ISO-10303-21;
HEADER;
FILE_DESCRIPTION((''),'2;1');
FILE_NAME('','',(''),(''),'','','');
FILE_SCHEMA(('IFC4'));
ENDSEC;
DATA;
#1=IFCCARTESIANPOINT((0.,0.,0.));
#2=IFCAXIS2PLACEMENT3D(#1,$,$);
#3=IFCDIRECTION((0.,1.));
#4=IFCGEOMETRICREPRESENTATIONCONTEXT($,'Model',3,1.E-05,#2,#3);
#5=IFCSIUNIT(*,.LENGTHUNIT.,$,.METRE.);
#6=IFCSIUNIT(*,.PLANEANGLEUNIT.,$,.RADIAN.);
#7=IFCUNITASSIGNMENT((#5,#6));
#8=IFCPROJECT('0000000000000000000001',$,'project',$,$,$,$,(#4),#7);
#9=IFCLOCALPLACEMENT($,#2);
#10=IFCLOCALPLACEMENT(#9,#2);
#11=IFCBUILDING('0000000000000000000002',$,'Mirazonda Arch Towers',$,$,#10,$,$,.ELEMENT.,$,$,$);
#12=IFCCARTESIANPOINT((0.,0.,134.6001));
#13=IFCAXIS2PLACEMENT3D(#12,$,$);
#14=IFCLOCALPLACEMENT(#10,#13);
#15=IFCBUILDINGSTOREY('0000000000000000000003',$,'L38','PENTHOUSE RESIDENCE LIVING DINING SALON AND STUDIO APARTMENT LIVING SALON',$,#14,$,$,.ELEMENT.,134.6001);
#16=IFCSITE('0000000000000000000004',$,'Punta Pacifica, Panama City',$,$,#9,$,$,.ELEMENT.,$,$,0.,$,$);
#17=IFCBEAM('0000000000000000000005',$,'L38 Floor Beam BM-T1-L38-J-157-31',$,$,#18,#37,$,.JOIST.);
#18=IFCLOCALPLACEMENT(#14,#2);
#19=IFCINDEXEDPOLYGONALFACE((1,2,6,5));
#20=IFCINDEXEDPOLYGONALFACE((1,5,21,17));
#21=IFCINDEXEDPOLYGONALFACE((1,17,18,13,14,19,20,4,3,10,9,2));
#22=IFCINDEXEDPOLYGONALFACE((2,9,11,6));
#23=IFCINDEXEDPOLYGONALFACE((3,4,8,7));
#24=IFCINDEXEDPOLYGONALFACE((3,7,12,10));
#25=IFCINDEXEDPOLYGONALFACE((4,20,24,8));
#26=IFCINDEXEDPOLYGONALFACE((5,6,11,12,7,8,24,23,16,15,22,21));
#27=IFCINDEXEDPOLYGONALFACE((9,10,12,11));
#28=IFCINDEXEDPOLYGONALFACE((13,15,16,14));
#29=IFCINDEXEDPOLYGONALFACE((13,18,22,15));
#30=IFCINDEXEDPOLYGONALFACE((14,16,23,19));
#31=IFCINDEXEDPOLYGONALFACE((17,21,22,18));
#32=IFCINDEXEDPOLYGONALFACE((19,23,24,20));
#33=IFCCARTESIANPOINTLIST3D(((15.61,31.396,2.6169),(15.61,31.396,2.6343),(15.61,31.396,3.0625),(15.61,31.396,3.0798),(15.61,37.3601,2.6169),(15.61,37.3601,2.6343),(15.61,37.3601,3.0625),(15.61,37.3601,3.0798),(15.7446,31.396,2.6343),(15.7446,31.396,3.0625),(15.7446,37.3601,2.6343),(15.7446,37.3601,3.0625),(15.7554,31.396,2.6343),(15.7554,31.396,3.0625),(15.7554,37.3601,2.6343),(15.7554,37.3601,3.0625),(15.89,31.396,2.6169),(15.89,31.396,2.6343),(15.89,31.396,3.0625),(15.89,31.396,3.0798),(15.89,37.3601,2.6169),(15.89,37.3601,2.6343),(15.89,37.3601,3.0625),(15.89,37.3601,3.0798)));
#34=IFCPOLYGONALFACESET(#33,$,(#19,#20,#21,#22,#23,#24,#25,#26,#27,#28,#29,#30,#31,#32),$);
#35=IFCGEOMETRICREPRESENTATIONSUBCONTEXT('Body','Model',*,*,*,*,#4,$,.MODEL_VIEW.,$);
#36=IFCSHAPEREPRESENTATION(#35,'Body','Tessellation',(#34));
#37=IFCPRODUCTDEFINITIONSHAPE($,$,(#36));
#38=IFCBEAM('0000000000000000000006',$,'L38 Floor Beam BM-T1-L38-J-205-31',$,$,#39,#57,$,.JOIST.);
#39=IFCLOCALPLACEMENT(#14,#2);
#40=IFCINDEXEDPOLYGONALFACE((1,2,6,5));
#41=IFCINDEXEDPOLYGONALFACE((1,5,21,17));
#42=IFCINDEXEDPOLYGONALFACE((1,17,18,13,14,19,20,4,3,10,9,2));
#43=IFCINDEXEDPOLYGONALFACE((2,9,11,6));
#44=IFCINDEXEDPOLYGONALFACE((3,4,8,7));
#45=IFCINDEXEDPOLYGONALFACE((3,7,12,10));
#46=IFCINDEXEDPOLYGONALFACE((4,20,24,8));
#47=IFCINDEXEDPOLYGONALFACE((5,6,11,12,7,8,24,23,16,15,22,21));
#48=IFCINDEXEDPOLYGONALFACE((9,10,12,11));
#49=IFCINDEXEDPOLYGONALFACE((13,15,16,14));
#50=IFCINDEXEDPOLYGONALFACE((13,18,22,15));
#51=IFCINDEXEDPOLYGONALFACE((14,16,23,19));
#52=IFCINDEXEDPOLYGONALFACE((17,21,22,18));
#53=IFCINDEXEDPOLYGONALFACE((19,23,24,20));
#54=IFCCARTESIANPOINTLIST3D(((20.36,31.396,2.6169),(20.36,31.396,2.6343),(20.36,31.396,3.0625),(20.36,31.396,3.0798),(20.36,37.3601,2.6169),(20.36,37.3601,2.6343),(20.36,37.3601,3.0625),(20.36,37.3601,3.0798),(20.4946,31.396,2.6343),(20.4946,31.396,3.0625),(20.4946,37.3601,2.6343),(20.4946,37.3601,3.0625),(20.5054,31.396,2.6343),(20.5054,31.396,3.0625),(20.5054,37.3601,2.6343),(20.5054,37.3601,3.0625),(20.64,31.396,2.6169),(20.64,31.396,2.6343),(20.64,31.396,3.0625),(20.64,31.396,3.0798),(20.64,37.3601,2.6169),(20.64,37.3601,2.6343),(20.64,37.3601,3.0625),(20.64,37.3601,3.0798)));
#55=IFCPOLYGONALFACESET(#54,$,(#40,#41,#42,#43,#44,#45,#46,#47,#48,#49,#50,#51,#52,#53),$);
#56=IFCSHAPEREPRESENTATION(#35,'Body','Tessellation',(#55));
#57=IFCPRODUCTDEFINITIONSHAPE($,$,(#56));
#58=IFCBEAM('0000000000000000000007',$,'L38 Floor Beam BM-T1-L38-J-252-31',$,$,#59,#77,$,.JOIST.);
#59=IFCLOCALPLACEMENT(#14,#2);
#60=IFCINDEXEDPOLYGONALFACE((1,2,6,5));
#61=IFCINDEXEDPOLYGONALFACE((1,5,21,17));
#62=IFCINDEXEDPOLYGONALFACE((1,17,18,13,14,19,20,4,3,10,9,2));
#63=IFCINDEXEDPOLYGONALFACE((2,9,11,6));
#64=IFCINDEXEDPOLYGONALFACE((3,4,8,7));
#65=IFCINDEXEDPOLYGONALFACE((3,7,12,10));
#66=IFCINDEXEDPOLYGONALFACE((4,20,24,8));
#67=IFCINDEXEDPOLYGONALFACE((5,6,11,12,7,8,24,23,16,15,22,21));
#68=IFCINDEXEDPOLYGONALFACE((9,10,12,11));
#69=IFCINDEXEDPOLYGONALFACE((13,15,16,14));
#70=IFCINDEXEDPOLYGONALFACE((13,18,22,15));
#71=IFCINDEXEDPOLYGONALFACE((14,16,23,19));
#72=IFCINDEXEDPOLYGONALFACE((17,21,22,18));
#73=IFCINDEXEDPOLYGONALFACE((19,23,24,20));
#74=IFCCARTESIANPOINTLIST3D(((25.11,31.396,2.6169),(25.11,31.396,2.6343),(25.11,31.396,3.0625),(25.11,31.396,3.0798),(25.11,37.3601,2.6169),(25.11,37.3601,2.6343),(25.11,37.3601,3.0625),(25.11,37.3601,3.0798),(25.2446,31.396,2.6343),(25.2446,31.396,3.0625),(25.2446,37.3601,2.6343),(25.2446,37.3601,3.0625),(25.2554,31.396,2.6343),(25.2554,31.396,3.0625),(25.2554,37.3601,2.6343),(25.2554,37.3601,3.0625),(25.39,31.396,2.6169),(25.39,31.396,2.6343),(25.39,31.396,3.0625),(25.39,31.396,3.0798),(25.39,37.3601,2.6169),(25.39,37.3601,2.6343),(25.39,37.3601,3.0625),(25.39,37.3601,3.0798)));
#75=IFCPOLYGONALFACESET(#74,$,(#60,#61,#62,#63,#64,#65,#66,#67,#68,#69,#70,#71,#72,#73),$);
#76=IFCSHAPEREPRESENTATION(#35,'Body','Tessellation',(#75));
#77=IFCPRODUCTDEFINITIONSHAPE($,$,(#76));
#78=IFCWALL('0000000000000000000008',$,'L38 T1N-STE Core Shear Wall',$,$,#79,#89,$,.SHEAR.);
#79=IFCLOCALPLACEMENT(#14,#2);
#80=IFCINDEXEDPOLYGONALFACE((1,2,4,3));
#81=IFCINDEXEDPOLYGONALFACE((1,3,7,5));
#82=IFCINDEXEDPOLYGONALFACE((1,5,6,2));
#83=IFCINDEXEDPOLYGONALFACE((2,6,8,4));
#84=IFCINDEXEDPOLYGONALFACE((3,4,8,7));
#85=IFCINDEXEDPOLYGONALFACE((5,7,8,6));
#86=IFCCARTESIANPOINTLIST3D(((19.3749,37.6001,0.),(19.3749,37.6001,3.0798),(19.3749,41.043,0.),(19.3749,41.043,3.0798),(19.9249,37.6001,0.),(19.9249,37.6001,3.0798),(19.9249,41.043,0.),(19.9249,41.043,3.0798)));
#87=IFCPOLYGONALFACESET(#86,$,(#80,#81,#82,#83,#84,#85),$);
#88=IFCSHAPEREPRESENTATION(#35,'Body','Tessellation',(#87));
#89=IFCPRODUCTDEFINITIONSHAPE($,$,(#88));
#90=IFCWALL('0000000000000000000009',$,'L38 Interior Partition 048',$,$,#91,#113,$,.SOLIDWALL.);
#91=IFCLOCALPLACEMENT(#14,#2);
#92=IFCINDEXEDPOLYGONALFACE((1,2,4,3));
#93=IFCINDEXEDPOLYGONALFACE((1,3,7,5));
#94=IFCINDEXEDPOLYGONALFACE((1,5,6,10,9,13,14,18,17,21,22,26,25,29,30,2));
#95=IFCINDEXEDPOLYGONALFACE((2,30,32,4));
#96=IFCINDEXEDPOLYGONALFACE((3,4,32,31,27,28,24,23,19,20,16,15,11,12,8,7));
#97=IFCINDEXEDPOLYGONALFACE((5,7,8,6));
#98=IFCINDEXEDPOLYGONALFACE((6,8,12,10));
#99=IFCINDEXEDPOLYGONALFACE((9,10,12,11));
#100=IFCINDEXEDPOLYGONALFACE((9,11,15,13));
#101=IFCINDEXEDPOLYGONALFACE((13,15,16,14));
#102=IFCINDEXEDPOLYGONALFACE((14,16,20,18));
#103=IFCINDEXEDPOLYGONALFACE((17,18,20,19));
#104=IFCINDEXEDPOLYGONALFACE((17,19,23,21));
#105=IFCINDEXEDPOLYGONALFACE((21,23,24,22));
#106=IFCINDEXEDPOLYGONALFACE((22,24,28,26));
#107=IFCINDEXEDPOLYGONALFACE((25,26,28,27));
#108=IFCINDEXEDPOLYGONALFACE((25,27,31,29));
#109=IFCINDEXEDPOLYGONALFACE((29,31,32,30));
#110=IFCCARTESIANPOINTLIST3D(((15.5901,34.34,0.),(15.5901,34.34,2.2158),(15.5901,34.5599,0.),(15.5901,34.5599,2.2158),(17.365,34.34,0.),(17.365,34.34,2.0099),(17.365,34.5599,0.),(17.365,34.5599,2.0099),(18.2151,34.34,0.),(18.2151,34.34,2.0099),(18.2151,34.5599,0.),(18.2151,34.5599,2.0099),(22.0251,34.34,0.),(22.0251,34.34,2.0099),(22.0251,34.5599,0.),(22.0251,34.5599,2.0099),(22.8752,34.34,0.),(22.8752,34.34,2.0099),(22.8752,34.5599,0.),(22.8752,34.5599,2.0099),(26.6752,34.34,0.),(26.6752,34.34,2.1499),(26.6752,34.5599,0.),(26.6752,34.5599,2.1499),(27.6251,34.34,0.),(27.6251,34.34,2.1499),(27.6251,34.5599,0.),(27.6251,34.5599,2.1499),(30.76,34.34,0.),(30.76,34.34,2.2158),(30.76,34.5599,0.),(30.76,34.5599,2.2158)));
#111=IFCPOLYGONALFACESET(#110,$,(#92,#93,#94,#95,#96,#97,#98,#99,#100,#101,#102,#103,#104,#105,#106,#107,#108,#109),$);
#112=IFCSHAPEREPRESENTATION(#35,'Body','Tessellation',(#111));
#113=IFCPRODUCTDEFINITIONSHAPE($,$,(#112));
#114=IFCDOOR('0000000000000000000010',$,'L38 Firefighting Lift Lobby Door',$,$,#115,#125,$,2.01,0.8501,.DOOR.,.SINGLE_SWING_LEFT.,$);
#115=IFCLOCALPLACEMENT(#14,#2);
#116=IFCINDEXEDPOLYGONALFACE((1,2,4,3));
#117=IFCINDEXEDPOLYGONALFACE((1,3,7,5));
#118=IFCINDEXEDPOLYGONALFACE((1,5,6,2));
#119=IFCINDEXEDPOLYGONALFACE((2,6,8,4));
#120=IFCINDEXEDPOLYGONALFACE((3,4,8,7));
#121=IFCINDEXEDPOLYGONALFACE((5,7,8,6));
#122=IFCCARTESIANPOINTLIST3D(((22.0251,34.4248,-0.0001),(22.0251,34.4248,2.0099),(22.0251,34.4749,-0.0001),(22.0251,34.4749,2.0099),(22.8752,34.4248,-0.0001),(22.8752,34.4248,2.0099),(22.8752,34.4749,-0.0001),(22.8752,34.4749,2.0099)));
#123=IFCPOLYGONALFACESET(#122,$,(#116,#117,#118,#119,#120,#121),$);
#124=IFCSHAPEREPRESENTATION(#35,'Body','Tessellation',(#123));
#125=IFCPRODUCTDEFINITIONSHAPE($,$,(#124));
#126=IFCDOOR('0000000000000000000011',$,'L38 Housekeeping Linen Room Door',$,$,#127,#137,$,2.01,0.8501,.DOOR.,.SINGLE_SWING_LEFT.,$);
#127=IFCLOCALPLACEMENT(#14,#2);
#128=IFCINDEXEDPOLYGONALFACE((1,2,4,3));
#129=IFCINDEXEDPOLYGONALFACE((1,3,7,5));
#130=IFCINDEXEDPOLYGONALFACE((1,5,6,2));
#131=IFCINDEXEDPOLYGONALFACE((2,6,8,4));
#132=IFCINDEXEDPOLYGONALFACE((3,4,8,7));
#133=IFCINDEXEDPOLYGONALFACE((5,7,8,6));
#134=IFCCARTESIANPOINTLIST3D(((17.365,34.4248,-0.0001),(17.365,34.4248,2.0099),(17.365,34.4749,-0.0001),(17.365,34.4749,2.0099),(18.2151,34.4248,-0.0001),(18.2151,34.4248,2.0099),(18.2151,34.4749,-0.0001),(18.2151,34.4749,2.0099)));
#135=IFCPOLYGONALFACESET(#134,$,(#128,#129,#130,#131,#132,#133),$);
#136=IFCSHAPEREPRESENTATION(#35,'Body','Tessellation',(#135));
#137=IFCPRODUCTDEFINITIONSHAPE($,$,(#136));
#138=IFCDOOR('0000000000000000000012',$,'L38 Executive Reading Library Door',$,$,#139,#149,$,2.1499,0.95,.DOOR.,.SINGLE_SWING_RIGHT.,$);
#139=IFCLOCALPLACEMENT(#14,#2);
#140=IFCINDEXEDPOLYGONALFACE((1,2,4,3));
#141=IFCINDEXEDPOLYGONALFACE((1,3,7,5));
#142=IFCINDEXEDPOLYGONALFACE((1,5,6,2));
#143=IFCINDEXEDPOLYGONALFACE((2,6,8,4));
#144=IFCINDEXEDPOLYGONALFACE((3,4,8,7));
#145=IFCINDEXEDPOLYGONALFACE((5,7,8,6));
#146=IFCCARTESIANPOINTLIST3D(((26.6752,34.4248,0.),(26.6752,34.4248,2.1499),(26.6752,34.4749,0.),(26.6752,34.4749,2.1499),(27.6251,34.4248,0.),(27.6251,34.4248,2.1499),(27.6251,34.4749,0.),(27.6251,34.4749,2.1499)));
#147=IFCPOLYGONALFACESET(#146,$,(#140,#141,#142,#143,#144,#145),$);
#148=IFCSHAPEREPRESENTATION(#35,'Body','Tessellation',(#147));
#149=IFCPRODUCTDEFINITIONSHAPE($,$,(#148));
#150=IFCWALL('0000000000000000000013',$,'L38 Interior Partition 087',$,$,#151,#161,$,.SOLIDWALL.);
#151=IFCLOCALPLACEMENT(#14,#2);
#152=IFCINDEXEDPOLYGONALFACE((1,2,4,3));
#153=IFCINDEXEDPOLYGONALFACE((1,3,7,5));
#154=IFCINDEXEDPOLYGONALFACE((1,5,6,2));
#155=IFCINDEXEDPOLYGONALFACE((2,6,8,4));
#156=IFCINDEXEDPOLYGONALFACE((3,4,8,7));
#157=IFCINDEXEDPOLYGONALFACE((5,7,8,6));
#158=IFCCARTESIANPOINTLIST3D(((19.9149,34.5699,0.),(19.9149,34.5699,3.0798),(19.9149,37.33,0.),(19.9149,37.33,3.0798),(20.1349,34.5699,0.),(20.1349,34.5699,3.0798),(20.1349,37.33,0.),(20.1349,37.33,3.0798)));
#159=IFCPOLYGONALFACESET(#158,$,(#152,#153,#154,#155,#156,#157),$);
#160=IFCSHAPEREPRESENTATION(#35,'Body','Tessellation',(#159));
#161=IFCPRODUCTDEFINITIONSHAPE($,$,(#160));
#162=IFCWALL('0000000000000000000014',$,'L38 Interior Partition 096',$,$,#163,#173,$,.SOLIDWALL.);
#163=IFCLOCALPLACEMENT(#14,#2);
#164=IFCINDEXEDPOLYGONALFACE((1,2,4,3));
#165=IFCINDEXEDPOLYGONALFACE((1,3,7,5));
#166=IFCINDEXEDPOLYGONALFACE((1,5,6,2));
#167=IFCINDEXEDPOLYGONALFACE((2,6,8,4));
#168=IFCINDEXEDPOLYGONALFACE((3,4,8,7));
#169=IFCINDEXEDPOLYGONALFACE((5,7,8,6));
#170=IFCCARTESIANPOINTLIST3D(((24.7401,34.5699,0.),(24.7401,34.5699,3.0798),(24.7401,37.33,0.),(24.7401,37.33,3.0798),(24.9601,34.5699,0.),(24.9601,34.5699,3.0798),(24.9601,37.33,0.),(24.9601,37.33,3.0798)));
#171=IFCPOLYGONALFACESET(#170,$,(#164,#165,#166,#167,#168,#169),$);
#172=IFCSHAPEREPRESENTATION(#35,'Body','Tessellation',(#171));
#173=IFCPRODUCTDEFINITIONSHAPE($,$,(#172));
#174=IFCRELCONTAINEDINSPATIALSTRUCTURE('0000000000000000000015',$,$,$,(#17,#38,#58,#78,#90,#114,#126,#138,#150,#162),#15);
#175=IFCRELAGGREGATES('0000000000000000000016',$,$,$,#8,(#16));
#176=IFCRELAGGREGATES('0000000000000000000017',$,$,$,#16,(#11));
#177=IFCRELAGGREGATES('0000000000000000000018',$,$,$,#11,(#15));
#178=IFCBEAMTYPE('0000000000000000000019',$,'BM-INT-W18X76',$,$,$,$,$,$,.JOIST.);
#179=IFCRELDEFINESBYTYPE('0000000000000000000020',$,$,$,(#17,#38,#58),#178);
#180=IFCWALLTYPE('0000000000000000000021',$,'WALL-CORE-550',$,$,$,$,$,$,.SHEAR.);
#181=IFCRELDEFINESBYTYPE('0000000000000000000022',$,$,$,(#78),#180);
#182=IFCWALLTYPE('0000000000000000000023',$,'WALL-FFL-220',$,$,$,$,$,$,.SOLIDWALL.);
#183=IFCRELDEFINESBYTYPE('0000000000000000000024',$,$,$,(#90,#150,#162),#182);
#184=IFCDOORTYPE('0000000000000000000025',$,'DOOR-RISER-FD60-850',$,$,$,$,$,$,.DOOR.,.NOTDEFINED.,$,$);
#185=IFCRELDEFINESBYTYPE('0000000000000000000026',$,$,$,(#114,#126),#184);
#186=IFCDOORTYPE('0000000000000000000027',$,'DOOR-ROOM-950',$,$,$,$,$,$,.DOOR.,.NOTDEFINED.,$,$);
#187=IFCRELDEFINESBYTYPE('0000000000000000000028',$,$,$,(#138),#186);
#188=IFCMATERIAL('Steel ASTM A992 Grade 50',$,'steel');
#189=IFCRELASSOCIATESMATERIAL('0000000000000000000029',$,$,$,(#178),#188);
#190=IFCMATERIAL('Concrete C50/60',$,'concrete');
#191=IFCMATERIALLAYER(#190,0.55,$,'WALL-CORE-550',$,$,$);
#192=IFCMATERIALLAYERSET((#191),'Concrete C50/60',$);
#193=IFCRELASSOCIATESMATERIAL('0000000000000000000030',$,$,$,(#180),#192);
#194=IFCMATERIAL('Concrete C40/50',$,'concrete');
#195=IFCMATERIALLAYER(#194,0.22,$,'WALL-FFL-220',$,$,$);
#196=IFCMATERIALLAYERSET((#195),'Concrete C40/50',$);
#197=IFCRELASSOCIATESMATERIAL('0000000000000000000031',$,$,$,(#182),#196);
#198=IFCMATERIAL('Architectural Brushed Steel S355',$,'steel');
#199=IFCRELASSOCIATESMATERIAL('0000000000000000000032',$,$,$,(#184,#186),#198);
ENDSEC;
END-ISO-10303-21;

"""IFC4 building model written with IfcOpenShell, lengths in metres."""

from ifc_helpers import new_model, si_unit, direction, frame, frame_2d, origin, origin_2d, place, context, subcontext, project, spatial, rectangle, i_section, extrude, material, layer, layer_set, material_profile, profile_set, type_object, element, fill, save


model = new_model("IFC4")

# Units and contexts
model_context = context("Model", 3, precision=1e-05, world=origin(), true_north=direction((0.0, 1.0)))
body_context = subcontext(model_context, "Body", "Model", "MODEL_VIEW")
ifc_project = project(units=[si_unit("LENGTHUNIT", "METRE"), si_unit("PLANEANGLEUNIT", "RADIAN")], contexts=[model_context])

# Site, building, storey
site_placement = place(None, origin())
site = spatial("IfcSite", under=ifc_project, at=site_placement, Name="Punta Pacifica, Panama City", CompositionType="ELEMENT", RefElevation=0.0)
building_placement = place(site_placement, origin())
building = spatial("IfcBuilding", under=site, at=building_placement, Name="Mirazonda Arch Towers", CompositionType="ELEMENT")
storey_placement = place(building_placement, frame((0.0, 0.0, 134.6001)))
storey = spatial("IfcBuildingStorey", under=building, at=storey_placement, Name="L38", Description="PENTHOUSE RESIDENCE LIVING DINING SALON AND STUDIO APARTMENT LIVING SALON", CompositionType="ELEMENT", Elevation=134.6001)

# Beams
ifc_material_1 = material(Name="Steel ASTM A992 Grade 50", Category="steel")
ifc_material_profile = material_profile(ifc_material_1, i_section(OverallWidth=0.28, OverallDepth=0.4629, WebThickness=0.0107, FlangeThickness=0.0173, at=origin_2d()), Name="W18X76")
ifc_profile_set = profile_set([ifc_material_profile], Name="Steel ASTM A992 Grade 50")
beam_type = type_object("IfcBeamType", Name="BM-INT-W18X76", PredefinedType="JOIST", material=ifc_profile_set)
for number, where, z_axis, x_axis, name in (
    (1, (15.75, 31.396, 2.8484), (0.0, 1.0, 0.0), (-1.0, 0.0, 0.0), "L38 Floor Beam BM-T1-L38-J-157-31"),
    (2, (20.5, 31.396, 2.8484), (0.0, 1.0, 0.0), (-1.0, 0.0, 0.0), "L38 Floor Beam BM-T1-L38-J-205-31"),
    (3, (25.25, 31.396, 2.8484), (0.0, 1.0, 0.0), (-1.0, 0.0, 0.0), "L38 Floor Beam BM-T1-L38-J-252-31"),
):
    element("IfcBeam", number, at=place(storey_placement, frame(where, z_axis=z_axis, x_axis=x_axis)), inside=storey, type_object=beam_type, Name=name, PredefinedType="JOIST", context=body_context, shape_type="SweptSolid", body=[
        extrude(i_section(OverallWidth=0.28, OverallDepth=0.4629, WebThickness=0.0107, FlangeThickness=0.0173, at=origin_2d()), origin(), (0.0, 0.0, 1.0), 5.9641),
    ])

# Wall
ifc_material_2 = material(Name="Concrete C50/60", Category="concrete")
ifc_layer_1 = layer(ifc_material_2, 0.55, Name="WALL-CORE-550")
ifc_layer_set_1 = layer_set([ifc_layer_1], Name="Concrete C50/60")
wall_type_1 = type_object("IfcWallType", Name="WALL-CORE-550", PredefinedType="SHEAR", material=ifc_layer_set_1)
wall_1_placement = place(storey_placement, frame((19.6499, 37.6001, 0.0), z_axis=(0.0, 0.0, 1.0), x_axis=(0.0, 1.0, 0.0)))
element("IfcWall", 4, at=wall_1_placement, inside=storey, type_object=wall_type_1, Name="L38 T1N-STE Core Shear Wall", PredefinedType="SHEAR", context=body_context, shape_type="SweptSolid", body=[
    extrude(rectangle(XDim=3.4429, YDim=0.55, at=frame_2d((1.7214, 0.0))), origin(), (0.0, 0.0, 1.0), 3.0798),
])

# Wall, openings, doors
ifc_material_3 = material(Name="Concrete C40/50", Category="concrete")
ifc_layer_2 = layer(ifc_material_3, 0.22, Name="WALL-FFL-220")
ifc_layer_set_2 = layer_set([ifc_layer_2], Name="Concrete C40/50")
wall_type_2 = type_object("IfcWallType", Name="WALL-FFL-220", PredefinedType="SOLIDWALL", material=ifc_layer_set_2)
wall_2_placement = place(storey_placement, frame((15.5901, 34.45, 0.0), z_axis=(0.0, 0.0, 1.0), x_axis=(1.0, 0.0, 0.0)))
wall_2 = element("IfcWall", 5, at=wall_2_placement, inside=storey, type_object=wall_type_2, Name="L38 Interior Partition 048", PredefinedType="SOLIDWALL", context=body_context, shape_type="SweptSolid", body=[
    extrude(rectangle(XDim=15.1699, YDim=0.22, at=frame_2d((7.585, 0.0))), origin(), (0.0, 0.0, 1.0), 2.2158),
])
opening_1_placement = place(wall_2_placement, frame((6.4351, 0.0, 0.0)))
opening_1 = element("IfcOpeningElement", 6, at=opening_1_placement, cuts=wall_2, PredefinedType="OPENING", context=body_context, shape_type="SweptSolid", body=[
    extrude(rectangle(XDim=0.8501, YDim=2.01, at=frame_2d((0.425, 1.0049))), frame((0.0, 0.1199, 0.0), z_axis=(0.0, -1.0, 0.0), x_axis=(1.0, 0.0, 0.0)), (0.0, 0.0, 1.0), 0.24),
])
opening_2_placement = place(wall_2_placement, frame((11.085, 0.0, 0.0)))
opening_2 = element("IfcOpeningElement", 7, at=opening_2_placement, cuts=wall_2, PredefinedType="OPENING", context=body_context, shape_type="SweptSolid", body=[
    extrude(rectangle(XDim=0.95, YDim=2.1499, at=frame_2d((0.4751, 1.075))), frame((0.0, 0.1199, 0.0), z_axis=(0.0, -1.0, 0.0), x_axis=(1.0, 0.0, 0.0)), (0.0, 0.0, 1.0), 0.24),
])
opening_3_placement = place(wall_2_placement, frame((1.7749, 0.0, 0.0)))
opening_3 = element("IfcOpeningElement", 8, at=opening_3_placement, cuts=wall_2, PredefinedType="OPENING", context=body_context, shape_type="SweptSolid", body=[
    extrude(rectangle(XDim=0.8501, YDim=2.01, at=frame_2d((0.425, 1.0049))), frame((0.0, 0.1199, 0.0), z_axis=(0.0, -1.0, 0.0), x_axis=(1.0, 0.0, 0.0)), (0.0, 0.0, 1.0), 0.24),
])
ifc_material_4 = material(Name="Architectural Brushed Steel S355", Category="steel")
door_type_1 = type_object("IfcDoorType", Name="DOOR-RISER-FD60-850", OperationType="NOTDEFINED", PredefinedType="DOOR", material=ifc_material_4)
door_1_placement = place(opening_1_placement, origin())
door_1 = element("IfcDoor", 9, at=door_1_placement, inside=storey, type_object=door_type_1, Name="L38 Firefighting Lift Lobby Door", OperationType="SINGLE_SWING_LEFT", OverallHeight=2.01, OverallWidth=0.8501, PredefinedType="DOOR", context=body_context, shape_type="SweptSolid", body=[
    extrude(rectangle(XDim=0.8501, YDim=2.01, at=frame_2d((0.425, 1.0049))), frame((0.0, 0.0249, 0.0), z_axis=(0.0, -1.0, 0.0), x_axis=(1.0, 0.0, 0.0)), (0.0, 0.0, 1.0), 0.05),
])
fill(opening_1, door_1)
door_2_placement = place(opening_3_placement, origin())
door_2 = element("IfcDoor", 10, at=door_2_placement, inside=storey, type_object=door_type_1, Name="L38 Housekeeping Linen Room Door", OperationType="SINGLE_SWING_LEFT", OverallHeight=2.01, OverallWidth=0.8501, PredefinedType="DOOR", context=body_context, shape_type="SweptSolid", body=[
    extrude(rectangle(XDim=0.8501, YDim=2.01, at=frame_2d((0.425, 1.0049))), frame((0.0, 0.0249, 0.0), z_axis=(0.0, -1.0, 0.0), x_axis=(1.0, 0.0, 0.0)), (0.0, 0.0, 1.0), 0.05),
])
fill(opening_3, door_2)
door_type_2 = type_object("IfcDoorType", Name="DOOR-ROOM-950", OperationType="NOTDEFINED", PredefinedType="DOOR", material=ifc_material_4)
door_3_placement = place(opening_2_placement, origin())
door_3 = element("IfcDoor", 11, at=door_3_placement, inside=storey, type_object=door_type_2, Name="L38 Executive Reading Library Door", OperationType="SINGLE_SWING_RIGHT", OverallHeight=2.1499, OverallWidth=0.95, PredefinedType="DOOR", context=body_context, shape_type="SweptSolid", body=[
    extrude(rectangle(XDim=0.95, YDim=2.1499, at=frame_2d((0.4751, 1.075))), frame((0.0, 0.0249, 0.0), z_axis=(0.0, -1.0, 0.0), x_axis=(1.0, 0.0, 0.0)), (0.0, 0.0, 1.0), 0.05),
])
fill(opening_2, door_3)

# Walls
for number, where, z_axis, x_axis, name in (
    (12, (20.0249, 34.5701, 0.0), (0.0, 0.0, 1.0), (0.0, 1.0, 0.0), "L38 Interior Partition 087"),
    (13, (24.8501, 34.5701, 0.0), (0.0, 0.0, 1.0), (0.0, 1.0, 0.0), "L38 Interior Partition 096"),
):
    element("IfcWall", number, at=place(storey_placement, frame(where, z_axis=z_axis, x_axis=x_axis)), inside=storey, type_object=wall_type_2, Name=name, PredefinedType="SOLIDWALL", context=body_context, shape_type="SweptSolid", body=[
        extrude(rectangle(XDim=2.76, YDim=0.22, at=frame_2d((1.3799, 0.0))), origin(), (0.0, 0.0, 1.0), 3.0798),
    ])

save(model, "model.ifc")
